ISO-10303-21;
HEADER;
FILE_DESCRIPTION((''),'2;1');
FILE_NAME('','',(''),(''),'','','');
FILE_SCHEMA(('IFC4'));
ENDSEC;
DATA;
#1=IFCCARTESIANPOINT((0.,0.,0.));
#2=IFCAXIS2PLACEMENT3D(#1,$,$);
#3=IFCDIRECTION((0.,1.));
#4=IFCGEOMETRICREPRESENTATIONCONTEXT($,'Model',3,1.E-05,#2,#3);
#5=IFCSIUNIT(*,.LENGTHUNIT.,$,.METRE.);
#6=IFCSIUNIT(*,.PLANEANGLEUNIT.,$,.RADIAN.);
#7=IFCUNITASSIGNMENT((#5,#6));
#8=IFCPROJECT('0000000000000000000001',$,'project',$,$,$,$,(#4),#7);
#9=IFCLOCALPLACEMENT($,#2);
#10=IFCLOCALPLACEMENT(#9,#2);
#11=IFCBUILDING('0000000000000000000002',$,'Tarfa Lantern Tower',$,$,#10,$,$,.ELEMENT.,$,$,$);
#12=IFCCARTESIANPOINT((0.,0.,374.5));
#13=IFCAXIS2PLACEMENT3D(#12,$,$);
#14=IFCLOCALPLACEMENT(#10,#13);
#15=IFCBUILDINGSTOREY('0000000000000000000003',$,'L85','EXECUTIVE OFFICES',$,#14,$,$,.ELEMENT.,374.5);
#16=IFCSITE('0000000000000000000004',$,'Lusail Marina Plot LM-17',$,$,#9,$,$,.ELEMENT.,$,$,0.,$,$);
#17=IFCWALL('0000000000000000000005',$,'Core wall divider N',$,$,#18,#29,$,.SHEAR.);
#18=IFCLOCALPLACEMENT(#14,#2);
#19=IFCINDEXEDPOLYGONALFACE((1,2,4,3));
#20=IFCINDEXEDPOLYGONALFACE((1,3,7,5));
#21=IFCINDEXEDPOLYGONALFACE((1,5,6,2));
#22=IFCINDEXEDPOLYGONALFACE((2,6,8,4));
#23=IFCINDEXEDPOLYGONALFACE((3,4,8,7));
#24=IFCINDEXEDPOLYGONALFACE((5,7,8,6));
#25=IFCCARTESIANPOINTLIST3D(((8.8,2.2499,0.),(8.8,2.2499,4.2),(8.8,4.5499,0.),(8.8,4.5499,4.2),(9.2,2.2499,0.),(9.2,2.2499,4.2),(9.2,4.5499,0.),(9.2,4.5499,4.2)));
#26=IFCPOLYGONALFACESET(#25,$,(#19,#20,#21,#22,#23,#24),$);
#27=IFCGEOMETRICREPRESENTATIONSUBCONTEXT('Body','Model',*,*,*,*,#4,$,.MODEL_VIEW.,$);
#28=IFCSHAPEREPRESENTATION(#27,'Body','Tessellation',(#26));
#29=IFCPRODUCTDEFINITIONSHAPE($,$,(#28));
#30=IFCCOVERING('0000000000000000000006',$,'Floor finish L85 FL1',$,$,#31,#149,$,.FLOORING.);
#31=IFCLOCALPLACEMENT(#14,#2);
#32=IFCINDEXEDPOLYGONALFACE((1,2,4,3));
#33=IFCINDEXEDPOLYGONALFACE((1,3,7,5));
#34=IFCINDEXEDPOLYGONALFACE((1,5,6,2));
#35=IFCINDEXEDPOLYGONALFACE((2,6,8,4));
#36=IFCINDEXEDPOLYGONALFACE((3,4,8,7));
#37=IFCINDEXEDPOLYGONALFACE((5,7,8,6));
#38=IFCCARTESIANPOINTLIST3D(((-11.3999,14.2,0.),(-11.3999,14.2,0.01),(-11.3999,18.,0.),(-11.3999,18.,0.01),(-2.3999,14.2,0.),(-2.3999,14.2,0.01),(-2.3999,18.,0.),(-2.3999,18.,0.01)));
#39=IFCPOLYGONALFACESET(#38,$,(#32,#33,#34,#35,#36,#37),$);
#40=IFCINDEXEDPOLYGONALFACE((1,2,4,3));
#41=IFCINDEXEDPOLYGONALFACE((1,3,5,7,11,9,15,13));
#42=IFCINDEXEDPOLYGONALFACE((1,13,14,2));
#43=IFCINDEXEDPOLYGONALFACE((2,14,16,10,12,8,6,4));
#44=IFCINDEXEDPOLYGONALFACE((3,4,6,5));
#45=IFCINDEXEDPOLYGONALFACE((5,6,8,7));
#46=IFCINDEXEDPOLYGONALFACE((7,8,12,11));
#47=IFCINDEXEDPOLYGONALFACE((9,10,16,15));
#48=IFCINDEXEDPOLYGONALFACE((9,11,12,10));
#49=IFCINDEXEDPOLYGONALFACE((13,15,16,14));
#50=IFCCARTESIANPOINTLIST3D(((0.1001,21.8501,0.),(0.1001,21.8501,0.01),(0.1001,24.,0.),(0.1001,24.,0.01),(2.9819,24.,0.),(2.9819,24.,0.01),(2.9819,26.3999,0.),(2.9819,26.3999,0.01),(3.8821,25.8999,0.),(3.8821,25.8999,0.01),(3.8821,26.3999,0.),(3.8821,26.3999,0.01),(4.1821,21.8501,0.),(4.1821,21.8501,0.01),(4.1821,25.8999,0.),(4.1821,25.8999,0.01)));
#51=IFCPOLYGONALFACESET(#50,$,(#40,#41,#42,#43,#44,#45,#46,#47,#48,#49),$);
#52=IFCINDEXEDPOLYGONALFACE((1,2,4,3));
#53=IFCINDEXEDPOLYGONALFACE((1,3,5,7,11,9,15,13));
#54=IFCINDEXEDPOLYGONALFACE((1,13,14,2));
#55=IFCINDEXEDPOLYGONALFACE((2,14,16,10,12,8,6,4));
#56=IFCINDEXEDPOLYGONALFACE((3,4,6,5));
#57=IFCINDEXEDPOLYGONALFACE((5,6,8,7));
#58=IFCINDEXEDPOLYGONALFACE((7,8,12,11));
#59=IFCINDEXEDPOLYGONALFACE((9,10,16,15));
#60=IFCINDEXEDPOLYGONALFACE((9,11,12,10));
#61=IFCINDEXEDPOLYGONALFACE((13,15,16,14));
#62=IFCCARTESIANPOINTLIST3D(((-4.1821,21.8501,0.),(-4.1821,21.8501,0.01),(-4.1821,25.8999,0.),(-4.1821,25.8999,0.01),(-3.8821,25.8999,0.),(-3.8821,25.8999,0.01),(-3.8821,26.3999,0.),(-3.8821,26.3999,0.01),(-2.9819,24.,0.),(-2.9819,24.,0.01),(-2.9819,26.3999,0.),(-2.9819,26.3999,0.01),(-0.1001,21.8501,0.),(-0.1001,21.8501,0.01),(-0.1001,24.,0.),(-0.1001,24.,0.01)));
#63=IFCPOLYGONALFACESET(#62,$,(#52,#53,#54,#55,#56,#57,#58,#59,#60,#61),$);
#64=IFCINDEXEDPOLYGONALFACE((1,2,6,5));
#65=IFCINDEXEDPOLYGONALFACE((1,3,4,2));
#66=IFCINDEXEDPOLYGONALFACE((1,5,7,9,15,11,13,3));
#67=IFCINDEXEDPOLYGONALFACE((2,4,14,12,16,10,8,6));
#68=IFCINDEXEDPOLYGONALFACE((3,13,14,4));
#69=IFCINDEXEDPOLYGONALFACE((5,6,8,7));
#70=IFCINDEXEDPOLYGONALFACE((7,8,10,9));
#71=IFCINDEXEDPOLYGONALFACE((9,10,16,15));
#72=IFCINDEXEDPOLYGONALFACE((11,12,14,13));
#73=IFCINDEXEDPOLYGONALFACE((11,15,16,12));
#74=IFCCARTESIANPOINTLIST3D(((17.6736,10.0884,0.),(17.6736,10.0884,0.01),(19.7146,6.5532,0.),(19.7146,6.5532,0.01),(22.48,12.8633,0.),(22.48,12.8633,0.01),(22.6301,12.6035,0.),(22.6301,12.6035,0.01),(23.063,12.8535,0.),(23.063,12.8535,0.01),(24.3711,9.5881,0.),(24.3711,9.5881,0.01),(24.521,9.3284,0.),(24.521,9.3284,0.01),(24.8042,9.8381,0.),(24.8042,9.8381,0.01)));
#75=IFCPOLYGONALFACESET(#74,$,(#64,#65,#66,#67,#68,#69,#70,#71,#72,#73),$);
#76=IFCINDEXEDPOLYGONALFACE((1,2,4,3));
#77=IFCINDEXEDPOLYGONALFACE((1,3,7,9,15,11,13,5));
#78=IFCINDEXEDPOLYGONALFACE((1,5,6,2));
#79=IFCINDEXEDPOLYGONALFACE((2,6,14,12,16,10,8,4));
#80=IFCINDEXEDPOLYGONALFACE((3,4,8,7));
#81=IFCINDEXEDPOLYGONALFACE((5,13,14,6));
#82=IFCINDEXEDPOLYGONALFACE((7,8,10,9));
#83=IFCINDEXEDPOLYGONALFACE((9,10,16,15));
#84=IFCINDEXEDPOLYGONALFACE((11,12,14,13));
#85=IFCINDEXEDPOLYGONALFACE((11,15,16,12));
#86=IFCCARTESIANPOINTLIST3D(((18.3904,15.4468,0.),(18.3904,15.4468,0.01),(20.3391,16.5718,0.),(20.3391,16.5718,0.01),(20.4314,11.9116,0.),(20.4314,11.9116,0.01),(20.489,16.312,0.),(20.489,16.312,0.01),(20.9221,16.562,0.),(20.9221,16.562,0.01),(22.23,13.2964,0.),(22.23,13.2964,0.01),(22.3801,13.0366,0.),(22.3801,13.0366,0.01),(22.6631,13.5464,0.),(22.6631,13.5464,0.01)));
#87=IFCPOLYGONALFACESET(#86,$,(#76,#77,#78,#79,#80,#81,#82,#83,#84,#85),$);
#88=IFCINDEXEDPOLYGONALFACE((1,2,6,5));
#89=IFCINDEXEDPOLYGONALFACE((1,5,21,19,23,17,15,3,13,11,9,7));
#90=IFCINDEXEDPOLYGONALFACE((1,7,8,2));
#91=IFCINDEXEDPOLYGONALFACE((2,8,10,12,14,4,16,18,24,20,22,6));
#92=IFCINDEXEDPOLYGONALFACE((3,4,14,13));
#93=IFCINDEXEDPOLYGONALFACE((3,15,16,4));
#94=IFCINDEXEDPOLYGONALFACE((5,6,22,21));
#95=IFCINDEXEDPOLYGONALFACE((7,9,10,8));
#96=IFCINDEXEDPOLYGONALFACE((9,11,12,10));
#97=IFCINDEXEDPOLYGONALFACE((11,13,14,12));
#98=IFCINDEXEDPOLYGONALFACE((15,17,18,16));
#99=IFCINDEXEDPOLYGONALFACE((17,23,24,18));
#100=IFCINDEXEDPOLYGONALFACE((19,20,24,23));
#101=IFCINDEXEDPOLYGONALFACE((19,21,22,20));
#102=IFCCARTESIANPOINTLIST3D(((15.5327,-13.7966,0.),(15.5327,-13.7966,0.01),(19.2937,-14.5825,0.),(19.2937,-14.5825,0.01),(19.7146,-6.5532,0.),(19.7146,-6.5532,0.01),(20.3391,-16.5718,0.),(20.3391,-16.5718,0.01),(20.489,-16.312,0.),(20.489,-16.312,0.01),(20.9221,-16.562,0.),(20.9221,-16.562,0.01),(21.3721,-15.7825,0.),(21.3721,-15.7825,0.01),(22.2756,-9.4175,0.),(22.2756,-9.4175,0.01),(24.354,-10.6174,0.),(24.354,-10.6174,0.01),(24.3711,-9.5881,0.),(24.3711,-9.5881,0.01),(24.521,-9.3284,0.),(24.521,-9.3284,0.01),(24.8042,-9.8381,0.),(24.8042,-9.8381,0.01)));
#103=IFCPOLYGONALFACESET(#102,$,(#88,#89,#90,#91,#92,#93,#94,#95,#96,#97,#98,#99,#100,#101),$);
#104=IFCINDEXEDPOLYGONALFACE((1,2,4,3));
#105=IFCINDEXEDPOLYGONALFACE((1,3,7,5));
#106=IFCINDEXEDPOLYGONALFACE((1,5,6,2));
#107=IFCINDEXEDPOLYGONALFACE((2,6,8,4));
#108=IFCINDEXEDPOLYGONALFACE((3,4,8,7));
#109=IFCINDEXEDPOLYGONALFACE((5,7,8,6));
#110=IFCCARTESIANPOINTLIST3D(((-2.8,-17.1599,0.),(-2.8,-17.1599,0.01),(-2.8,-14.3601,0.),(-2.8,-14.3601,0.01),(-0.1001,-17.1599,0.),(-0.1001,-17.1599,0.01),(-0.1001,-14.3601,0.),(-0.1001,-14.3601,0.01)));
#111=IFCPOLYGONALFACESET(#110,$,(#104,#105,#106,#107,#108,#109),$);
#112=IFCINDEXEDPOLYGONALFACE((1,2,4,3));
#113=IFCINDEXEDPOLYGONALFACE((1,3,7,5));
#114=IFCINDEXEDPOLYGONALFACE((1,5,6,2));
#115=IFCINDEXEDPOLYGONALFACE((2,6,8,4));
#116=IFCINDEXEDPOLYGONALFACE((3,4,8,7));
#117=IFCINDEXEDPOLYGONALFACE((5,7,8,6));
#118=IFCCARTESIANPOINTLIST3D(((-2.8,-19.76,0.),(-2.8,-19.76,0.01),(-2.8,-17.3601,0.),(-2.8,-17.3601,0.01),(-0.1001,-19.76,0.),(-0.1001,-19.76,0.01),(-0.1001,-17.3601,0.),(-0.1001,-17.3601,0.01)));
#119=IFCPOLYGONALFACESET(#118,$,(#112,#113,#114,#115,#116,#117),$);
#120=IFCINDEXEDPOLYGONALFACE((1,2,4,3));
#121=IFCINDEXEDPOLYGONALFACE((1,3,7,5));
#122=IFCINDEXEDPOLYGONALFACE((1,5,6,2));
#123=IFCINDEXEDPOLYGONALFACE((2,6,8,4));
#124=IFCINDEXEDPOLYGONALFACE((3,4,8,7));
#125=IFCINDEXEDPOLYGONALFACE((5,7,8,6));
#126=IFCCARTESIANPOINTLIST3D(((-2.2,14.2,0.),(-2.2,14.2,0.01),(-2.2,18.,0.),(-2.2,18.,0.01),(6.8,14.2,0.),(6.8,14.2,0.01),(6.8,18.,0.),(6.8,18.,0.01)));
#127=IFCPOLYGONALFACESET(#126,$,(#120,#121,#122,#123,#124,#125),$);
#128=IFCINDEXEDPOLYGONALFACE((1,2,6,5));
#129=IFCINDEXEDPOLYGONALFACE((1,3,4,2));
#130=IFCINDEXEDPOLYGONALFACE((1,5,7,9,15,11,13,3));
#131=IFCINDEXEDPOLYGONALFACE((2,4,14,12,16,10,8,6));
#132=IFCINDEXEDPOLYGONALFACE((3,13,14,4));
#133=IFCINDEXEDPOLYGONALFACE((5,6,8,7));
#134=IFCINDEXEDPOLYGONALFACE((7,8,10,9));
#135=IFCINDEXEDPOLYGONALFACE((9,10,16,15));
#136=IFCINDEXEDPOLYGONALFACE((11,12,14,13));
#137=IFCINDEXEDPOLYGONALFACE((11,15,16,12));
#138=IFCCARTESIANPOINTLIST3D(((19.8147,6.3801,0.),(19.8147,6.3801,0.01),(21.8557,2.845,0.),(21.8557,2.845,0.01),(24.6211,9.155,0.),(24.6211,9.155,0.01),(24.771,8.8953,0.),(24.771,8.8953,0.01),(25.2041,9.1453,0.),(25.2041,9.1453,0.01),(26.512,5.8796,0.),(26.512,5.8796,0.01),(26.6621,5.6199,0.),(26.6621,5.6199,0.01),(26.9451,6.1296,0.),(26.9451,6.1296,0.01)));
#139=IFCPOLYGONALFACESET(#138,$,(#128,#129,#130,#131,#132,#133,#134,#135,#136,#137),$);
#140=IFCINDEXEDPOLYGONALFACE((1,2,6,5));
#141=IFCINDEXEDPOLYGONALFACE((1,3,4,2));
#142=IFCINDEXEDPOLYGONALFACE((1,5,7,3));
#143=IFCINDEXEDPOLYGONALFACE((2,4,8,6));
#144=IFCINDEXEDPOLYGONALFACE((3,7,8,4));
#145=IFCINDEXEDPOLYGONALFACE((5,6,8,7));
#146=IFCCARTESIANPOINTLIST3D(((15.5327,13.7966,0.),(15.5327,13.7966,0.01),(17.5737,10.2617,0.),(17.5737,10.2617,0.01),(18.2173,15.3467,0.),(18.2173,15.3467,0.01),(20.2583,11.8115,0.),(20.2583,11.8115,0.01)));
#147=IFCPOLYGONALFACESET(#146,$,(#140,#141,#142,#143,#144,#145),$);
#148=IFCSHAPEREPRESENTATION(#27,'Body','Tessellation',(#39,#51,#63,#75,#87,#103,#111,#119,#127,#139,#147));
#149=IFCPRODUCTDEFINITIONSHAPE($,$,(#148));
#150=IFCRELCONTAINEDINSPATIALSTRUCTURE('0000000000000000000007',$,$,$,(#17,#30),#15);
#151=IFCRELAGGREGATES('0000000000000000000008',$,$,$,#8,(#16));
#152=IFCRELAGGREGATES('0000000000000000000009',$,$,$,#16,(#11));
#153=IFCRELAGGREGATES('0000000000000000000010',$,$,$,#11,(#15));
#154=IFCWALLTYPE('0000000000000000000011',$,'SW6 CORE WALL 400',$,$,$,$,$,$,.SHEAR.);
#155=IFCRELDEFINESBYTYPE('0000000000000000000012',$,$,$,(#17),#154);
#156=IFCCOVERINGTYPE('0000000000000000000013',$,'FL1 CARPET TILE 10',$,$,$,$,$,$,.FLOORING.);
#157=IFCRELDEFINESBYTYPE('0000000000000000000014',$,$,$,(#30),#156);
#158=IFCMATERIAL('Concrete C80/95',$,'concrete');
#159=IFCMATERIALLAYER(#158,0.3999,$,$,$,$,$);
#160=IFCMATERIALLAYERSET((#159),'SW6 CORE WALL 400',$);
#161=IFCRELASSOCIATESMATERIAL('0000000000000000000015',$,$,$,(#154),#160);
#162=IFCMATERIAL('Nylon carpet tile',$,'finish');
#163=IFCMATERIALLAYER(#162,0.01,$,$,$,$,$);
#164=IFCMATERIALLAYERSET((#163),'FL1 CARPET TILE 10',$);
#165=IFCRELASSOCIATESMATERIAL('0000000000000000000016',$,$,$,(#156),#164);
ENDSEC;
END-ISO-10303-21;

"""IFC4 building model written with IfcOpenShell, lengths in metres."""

from ifc_helpers import new_model, si_unit, direction, frame, frame_2d, origin, place, context, subcontext, project, spatial, polyline, rectangle, outline, extrude, material, layer, layer_set, type_object, element, save


model = new_model("IFC4")

# Units and contexts
model_context = context("Model", 3, precision=1e-05, world=origin(), true_north=direction((0.0, 1.0)))
body_context = subcontext(model_context, "Body", "Model", "MODEL_VIEW")
ifc_project = project(units=[si_unit("LENGTHUNIT", "METRE"), si_unit("PLANEANGLEUNIT", "RADIAN")], contexts=[model_context])

# Site, building, storey
site_placement = place(None, origin())
site = spatial("IfcSite", under=ifc_project, at=site_placement, Name="Lusail Marina Plot LM-17", CompositionType="ELEMENT", RefElevation=0.0)
building_placement = place(site_placement, origin())
building = spatial("IfcBuilding", under=site, at=building_placement, Name="Tarfa Lantern Tower", CompositionType="ELEMENT")
storey_placement = place(building_placement, frame((0.0, 0.0, 374.5)))
storey = spatial("IfcBuildingStorey", under=building, at=storey_placement, Name="L85", Description="EXECUTIVE OFFICES", CompositionType="ELEMENT", Elevation=374.5)

# Shared definitions
ifc_material_1 = material(Name="Concrete C80/95", Category="concrete")

# Wall
ifc_layer_1 = layer(ifc_material_1, 0.3999)
ifc_layer_set_1 = layer_set([ifc_layer_1], Name="SW6 CORE WALL 400")
wall_type_1 = type_object("IfcWallType", Name="SW6 CORE WALL 400", PredefinedType="SHEAR", material=ifc_layer_set_1)
wall_1_placement = place(storey_placement, frame((9.0, 2.25, 0.0), z_axis=(0.0, 0.0, 1.0), x_axis=(0.0, 1.0, 0.0)))
element("IfcWall", 1, at=wall_1_placement, inside=storey, type_object=wall_type_1, Name="Core wall divider N", PredefinedType="SHEAR", context=body_context, shape_type="SweptSolid", body=[
    extrude(rectangle(XDim=2.3, YDim=0.3999, at=frame_2d((1.1499, 0.0))), origin(), (0.0, 0.0, 1.0), 4.2),
])

# Covering
ifc_material_2 = material(Name="Nylon carpet tile", Category="finish")
ifc_layer_2 = layer(ifc_material_2, 0.01)
ifc_layer_set_2 = layer_set([ifc_layer_2], Name="FL1 CARPET TILE 10")
covering_type_1 = type_object("IfcCoveringType", Name="FL1 CARPET TILE 10", PredefinedType="FLOORING", material=ifc_layer_set_2)
covering_1_placement = place(storey_placement, origin())
element("IfcCovering", 2, at=covering_1_placement, inside=storey, type_object=covering_type_1, Name="Floor finish L85 FL1", PredefinedType="FLOORING", context=body_context, shape_type="SweptSolid", body=[
    extrude(outline(polyline([(-11.3999, 18.0), (-2.3999, 18.0), (-2.3999, 14.2), (-11.3999, 14.2), (-11.3999, 18.0)])), origin(), (0.0, 0.0, 1.0), 0.01),
    extrude(outline(polyline([(4.1821, 21.8501), (0.1001, 21.8501), (0.1001, 24.0), (2.9819, 24.0), (2.9819, 26.3999), (3.8821, 26.3999), (3.8821, 25.8999), (4.1821, 25.8999), (4.1821, 21.8501)])), origin(), (0.0, 0.0, 1.0), 0.01),
    extrude(outline(polyline([(-2.9819, 24.0), (-0.1001, 24.0), (-0.1001, 21.8501), (-4.1821, 21.8501), (-4.1821, 25.8999), (-3.8821, 25.8999), (-3.8821, 26.3999), (-2.9819, 26.3999), (-2.9819, 24.0)])), origin(), (0.0, 0.0, 1.0), 0.01),
    extrude(outline(polyline([(17.6736, 10.0884), (22.48, 12.8633), (22.6301, 12.6035), (23.063, 12.8535), (24.8042, 9.8381), (24.3711, 9.5881), (24.521, 9.3284), (19.7146, 6.5532), (17.6736, 10.0884)])), origin(), (0.0, 0.0, 1.0), 0.01),
    extrude(outline(polyline([(18.3904, 15.4468), (20.3391, 16.5718), (20.489, 16.312), (20.9221, 16.562), (22.6631, 13.5464), (22.23, 13.2964), (22.3801, 13.0366), (20.4314, 11.9116), (18.3904, 15.4468)])), origin(), (0.0, 0.0, 1.0), 0.01),
    extrude(outline(polyline([(19.7146, -6.5532), (24.521, -9.3284), (24.3711, -9.5881), (24.8042, -9.8381), (24.354, -10.6174), (22.2756, -9.4175), (19.2937, -14.5825), (21.3721, -15.7825), (20.9221, -16.562), (20.489, -16.312), (20.3391, -16.5718), (15.5327, -13.7966), (19.7146, -6.5532)])), origin(), (0.0, 0.0, 1.0), 0.01),
    extrude(outline(polyline([(-2.8, -17.1599), (-2.8, -14.3601), (-0.1001, -14.3601), (-0.1001, -17.1599), (-2.8, -17.1599)])), origin(), (0.0, 0.0, 1.0), 0.01),
    extrude(outline(polyline([(-2.8, -19.76), (-2.8, -17.3601), (-0.1001, -17.3601), (-0.1001, -19.76), (-2.8, -19.76)])), origin(), (0.0, 0.0, 1.0), 0.01),
    extrude(outline(polyline([(-2.2, 18.0), (6.8, 18.0), (6.8, 14.2), (-2.2, 14.2), (-2.2, 18.0)])), origin(), (0.0, 0.0, 1.0), 0.01),
    extrude(outline(polyline([(19.8147, 6.3801), (24.6211, 9.155), (24.771, 8.8953), (25.2041, 9.1453), (26.9451, 6.1296), (26.512, 5.8796), (26.6621, 5.6199), (21.8557, 2.845), (19.8147, 6.3801)])), origin(), (0.0, 0.0, 1.0), 0.01),
    extrude(outline(polyline([(15.5327, 13.7966), (18.2173, 15.3467), (20.2583, 11.8115), (17.5737, 10.2617), (15.5327, 13.7966)])), origin(), (0.0, 0.0, 1.0), 0.01),
])

save(model, "model.ifc")
